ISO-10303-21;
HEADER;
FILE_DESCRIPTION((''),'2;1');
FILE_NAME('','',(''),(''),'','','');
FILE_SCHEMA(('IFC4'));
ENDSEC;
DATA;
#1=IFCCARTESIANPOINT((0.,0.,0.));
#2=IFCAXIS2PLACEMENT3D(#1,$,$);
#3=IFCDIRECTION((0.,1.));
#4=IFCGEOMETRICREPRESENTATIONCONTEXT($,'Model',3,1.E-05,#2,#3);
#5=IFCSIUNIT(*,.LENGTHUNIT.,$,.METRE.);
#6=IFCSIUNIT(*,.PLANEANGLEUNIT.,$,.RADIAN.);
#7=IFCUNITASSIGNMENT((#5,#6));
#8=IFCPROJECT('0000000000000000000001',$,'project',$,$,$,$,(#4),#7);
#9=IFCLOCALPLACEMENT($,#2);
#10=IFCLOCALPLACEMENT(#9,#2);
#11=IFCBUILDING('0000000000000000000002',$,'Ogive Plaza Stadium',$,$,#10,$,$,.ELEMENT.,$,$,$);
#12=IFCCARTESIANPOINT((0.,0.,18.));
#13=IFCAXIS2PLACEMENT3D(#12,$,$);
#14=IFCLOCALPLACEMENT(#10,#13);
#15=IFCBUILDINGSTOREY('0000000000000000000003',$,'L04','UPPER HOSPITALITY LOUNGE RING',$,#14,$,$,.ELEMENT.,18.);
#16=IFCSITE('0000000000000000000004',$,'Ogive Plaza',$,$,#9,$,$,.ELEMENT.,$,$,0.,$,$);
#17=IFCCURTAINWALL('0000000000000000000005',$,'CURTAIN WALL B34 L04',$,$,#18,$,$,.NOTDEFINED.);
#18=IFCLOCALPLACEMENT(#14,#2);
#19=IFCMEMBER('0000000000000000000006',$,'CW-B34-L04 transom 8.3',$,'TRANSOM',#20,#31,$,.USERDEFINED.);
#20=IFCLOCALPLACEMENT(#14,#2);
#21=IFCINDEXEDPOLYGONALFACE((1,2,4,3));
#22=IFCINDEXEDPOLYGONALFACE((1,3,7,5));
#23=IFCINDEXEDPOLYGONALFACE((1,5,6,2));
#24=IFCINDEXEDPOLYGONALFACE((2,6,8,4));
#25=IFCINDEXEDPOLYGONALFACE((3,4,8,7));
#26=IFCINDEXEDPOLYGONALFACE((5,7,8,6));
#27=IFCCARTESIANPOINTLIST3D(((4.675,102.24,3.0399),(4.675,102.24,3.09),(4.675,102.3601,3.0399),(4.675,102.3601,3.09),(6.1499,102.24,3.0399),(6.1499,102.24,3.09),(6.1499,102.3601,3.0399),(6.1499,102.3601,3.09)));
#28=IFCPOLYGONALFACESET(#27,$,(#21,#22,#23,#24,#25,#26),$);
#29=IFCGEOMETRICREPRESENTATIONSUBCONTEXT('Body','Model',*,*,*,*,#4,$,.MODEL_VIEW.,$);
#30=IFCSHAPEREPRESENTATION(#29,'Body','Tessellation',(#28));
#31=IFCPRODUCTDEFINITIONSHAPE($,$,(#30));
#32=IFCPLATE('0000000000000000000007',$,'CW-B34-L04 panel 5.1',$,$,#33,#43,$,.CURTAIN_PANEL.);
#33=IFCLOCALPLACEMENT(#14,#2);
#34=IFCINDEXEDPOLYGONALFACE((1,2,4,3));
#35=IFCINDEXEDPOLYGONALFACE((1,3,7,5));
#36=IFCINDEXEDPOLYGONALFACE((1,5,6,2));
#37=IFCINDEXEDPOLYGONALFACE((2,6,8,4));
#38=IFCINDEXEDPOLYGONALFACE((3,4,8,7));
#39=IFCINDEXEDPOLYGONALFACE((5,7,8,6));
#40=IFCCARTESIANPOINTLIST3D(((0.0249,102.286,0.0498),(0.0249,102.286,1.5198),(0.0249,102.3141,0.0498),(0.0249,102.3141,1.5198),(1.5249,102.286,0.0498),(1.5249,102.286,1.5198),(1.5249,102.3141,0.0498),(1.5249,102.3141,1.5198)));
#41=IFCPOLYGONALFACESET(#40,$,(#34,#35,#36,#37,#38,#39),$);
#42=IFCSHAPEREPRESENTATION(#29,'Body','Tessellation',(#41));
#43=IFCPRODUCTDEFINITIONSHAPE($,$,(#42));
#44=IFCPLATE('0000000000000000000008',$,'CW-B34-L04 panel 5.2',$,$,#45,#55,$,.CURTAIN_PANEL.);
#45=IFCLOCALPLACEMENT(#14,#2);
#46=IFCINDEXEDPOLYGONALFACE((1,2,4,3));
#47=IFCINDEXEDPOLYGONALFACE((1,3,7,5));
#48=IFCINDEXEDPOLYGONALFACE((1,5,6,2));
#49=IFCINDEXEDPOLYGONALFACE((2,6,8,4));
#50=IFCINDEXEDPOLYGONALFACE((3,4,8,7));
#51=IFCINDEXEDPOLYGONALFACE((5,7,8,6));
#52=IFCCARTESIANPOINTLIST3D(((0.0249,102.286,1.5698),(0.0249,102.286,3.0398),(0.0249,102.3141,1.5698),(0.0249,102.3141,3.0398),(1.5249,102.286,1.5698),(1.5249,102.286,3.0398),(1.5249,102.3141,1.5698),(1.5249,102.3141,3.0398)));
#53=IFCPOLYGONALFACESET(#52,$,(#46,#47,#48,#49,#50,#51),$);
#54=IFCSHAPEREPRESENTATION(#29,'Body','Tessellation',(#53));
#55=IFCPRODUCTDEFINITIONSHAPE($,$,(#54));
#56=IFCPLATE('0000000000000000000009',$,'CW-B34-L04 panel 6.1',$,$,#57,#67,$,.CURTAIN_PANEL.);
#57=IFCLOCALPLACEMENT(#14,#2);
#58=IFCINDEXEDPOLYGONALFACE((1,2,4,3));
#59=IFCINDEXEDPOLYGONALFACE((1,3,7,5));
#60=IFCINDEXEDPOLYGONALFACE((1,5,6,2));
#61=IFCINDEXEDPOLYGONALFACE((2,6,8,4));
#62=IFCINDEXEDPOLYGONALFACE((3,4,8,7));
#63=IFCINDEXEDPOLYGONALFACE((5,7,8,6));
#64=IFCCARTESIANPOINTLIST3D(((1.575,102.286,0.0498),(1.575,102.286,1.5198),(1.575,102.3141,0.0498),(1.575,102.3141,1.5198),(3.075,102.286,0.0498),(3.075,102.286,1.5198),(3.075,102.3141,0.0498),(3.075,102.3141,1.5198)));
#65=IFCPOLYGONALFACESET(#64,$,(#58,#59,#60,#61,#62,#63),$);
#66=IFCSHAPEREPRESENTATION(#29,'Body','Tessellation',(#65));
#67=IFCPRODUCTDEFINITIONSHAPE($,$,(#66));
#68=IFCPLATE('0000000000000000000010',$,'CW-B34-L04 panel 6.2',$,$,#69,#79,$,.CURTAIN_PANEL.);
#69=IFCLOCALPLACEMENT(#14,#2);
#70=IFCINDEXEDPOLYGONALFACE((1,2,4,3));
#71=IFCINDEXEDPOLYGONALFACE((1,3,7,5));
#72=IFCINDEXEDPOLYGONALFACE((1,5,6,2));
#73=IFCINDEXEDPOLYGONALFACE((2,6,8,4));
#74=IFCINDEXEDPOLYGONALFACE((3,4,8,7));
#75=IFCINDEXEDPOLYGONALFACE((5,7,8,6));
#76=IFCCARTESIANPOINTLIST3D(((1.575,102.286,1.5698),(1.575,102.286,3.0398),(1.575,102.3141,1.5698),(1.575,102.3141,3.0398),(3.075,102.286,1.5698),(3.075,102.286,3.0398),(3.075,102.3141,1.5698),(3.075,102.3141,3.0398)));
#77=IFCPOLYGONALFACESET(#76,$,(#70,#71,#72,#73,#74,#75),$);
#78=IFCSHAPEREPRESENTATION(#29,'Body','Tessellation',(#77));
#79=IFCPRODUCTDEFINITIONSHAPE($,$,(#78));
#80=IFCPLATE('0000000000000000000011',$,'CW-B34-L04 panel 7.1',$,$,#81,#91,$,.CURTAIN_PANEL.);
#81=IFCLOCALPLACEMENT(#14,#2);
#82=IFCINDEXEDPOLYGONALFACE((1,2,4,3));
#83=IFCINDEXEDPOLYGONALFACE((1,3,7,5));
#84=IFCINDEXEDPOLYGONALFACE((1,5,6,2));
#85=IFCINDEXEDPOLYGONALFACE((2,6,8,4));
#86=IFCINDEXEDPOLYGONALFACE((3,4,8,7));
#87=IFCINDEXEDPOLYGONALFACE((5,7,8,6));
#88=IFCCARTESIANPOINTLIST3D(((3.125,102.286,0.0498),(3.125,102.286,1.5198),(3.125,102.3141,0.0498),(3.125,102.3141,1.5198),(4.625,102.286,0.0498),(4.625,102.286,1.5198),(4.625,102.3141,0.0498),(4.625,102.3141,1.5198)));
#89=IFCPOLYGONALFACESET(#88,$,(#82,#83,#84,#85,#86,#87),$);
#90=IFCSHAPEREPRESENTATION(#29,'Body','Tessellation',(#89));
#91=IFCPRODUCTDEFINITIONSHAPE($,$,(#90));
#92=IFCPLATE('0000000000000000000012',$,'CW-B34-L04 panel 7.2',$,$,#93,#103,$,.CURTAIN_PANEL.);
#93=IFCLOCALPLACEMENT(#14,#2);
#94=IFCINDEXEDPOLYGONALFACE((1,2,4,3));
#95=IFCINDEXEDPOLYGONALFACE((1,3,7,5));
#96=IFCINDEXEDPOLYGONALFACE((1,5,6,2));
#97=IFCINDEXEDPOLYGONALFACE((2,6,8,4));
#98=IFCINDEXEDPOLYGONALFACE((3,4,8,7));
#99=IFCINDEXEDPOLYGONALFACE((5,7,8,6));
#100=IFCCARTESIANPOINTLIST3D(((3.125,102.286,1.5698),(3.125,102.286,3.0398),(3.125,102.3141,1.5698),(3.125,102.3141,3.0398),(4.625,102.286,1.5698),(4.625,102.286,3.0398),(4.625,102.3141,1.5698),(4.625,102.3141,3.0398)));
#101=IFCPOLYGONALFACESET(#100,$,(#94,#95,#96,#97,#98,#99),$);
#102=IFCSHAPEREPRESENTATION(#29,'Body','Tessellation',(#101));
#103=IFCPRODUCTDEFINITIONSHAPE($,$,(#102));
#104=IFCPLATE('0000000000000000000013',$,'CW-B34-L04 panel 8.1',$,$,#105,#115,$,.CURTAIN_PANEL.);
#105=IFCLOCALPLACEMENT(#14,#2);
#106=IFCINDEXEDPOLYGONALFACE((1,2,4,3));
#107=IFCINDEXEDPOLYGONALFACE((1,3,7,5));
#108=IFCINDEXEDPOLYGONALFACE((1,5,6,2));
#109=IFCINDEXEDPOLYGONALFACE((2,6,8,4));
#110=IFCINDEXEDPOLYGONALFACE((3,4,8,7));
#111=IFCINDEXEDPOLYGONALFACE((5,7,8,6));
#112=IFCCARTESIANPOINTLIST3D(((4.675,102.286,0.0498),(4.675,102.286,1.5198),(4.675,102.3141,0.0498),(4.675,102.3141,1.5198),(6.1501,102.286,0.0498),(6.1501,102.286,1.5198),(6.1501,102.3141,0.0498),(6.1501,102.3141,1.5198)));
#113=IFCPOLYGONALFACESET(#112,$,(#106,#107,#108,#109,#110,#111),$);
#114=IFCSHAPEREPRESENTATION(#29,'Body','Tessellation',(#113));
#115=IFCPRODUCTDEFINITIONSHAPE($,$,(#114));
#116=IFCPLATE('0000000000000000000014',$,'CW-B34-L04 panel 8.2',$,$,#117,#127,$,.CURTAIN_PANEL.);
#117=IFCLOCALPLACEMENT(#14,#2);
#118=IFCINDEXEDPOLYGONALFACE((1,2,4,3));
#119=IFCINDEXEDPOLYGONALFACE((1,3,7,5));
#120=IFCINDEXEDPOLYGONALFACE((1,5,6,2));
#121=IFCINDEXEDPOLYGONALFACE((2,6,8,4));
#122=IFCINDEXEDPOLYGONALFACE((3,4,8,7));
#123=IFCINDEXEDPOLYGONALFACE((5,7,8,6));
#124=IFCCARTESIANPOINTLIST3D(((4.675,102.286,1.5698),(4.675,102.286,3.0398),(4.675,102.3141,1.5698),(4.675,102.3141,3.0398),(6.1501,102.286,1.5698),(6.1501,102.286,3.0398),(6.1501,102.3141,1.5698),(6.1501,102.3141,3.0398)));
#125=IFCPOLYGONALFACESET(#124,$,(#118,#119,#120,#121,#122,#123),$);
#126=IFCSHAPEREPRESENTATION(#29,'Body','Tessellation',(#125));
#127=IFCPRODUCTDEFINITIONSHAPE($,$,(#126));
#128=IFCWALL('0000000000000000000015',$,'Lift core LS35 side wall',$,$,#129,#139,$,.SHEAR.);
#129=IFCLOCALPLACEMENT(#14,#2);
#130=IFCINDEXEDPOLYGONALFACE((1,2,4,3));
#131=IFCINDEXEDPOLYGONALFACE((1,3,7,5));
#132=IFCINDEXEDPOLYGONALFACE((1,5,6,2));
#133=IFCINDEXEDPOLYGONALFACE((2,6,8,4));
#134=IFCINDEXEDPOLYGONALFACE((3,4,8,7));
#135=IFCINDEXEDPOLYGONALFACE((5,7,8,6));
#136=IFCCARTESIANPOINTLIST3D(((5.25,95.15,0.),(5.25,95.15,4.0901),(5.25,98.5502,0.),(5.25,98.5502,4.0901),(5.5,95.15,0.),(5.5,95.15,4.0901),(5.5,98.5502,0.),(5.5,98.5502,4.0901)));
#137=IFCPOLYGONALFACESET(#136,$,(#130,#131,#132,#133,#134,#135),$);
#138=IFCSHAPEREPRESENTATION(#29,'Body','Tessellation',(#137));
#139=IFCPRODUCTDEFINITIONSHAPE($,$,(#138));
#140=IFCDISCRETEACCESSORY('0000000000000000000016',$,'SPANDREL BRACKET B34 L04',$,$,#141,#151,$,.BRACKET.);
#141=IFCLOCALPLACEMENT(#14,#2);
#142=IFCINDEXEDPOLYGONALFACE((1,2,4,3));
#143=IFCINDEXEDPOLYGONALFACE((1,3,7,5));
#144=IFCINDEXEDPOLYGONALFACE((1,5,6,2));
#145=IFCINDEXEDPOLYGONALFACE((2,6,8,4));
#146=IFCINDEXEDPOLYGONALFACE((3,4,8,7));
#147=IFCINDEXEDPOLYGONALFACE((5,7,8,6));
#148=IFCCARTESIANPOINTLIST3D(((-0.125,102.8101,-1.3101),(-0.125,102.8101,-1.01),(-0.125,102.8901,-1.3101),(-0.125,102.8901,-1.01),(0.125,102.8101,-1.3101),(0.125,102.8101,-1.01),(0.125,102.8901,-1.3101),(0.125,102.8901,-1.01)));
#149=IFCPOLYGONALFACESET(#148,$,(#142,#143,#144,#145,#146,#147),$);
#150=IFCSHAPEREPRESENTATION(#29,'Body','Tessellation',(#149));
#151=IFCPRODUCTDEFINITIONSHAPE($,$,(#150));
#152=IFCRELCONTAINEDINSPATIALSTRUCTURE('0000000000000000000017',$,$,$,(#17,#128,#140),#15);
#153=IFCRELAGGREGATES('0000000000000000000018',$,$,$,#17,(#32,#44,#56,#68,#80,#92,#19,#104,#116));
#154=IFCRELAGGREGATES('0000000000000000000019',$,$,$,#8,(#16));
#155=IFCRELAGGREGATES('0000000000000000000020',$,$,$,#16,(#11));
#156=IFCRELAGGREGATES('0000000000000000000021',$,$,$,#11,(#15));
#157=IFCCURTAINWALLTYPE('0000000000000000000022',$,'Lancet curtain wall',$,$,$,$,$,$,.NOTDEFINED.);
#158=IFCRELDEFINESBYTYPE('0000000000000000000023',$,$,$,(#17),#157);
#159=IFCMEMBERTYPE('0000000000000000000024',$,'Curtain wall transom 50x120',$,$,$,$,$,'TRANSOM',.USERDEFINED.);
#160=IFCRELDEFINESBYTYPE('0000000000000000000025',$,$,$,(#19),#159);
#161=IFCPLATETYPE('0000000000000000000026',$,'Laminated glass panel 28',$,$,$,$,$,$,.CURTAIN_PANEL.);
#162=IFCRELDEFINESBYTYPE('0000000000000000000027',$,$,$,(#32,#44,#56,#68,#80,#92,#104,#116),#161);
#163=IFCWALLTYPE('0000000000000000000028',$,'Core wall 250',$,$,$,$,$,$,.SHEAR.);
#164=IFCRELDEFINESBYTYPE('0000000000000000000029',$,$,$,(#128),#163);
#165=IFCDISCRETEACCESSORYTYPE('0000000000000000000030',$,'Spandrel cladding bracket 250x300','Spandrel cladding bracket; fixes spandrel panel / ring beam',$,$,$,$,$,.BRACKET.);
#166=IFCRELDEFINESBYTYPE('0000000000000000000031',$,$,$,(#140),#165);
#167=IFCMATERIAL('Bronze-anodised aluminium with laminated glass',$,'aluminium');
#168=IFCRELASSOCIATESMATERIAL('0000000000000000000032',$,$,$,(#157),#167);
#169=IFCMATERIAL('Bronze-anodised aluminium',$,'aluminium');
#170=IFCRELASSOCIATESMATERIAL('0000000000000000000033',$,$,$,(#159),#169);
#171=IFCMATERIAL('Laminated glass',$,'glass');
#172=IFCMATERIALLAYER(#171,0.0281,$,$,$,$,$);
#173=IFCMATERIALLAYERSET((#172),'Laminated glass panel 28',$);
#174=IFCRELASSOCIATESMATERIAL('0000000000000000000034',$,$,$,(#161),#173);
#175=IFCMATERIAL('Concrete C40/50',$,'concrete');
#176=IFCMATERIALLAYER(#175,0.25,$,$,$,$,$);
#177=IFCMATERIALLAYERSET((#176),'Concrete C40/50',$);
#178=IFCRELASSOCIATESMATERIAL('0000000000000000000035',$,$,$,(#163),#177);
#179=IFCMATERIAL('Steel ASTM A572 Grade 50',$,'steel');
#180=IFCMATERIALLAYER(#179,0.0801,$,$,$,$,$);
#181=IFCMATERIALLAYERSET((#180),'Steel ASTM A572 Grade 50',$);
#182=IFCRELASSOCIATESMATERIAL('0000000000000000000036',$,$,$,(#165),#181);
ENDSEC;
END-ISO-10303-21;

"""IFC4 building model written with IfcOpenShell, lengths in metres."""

from ifc_helpers import new_model, si_unit, direction, frame, frame_2d, origin, origin_2d, place, context, subcontext, project, spatial, rectangle, extrude, material, layer, layer_set, material_profile, profile_set, type_object, element, aggregate, save


model = new_model("IFC4")

# Units and contexts
model_context = context("Model", 3, precision=1e-05, world=origin(), true_north=direction((0.0, 1.0)))
body_context = subcontext(model_context, "Body", "Model", "MODEL_VIEW")
ifc_project = project(units=[si_unit("LENGTHUNIT", "METRE"), si_unit("PLANEANGLEUNIT", "RADIAN")], contexts=[model_context])

# Site, building, storey
site_placement = place(None, origin())
site = spatial("IfcSite", under=ifc_project, at=site_placement, Name="Ogive Plaza", CompositionType="ELEMENT", RefElevation=0.0)
building_placement = place(site_placement, origin())
building = spatial("IfcBuilding", under=site, at=building_placement, Name="Ogive Plaza Stadium", CompositionType="ELEMENT")
storey_placement = place(building_placement, frame((0.0, 0.0, 18.0)))
storey = spatial("IfcBuildingStorey", under=building, at=storey_placement, Name="L04", Description="UPPER HOSPITALITY LOUNGE RING", CompositionType="ELEMENT", Elevation=18.0)

# Curtain wall, member, plates
ifc_material_1 = material(Name="Bronze-anodised aluminium with laminated glass", Category="aluminium")
curtain_wall_type = type_object("IfcCurtainWallType", Name="Lancet curtain wall", PredefinedType="NOTDEFINED", material=ifc_material_1)
curtain_wall_placement = place(storey_placement, origin())
curtain_wall = element("IfcCurtainWall", 1, at=curtain_wall_placement, inside=storey, type_object=curtain_wall_type, Name="CURTAIN WALL B34 L04", PredefinedType="NOTDEFINED")
ifc_material_2 = material(Name="Bronze-anodised aluminium", Category="aluminium")
ifc_material_profile_1 = material_profile(ifc_material_2, rectangle(XDim=0.1201, YDim=0.05, at=origin_2d()), Name="AL 120x50")
ifc_profile_set_1 = profile_set([ifc_material_profile_1], Name="Bronze-anodised aluminium")
member_type_1 = type_object("IfcMemberType", Name="Curtain wall transom 50x120", ElementType="TRANSOM", PredefinedType="USERDEFINED", material=ifc_profile_set_1)
member_1_placement = place(storey_placement, frame((4.675, 102.3, 3.0649), z_axis=(1.0, 0.0, 0.0), x_axis=(0.0, 1.0, 0.0)))
member_1 = element("IfcMember", 2, at=member_1_placement, type_object=member_type_1, Name="CW-B34-L04 transom 8.3", ObjectType="TRANSOM", PredefinedType="USERDEFINED", context=body_context, shape_type="SweptSolid", body=[
    extrude(rectangle(XDim=0.1201, YDim=0.05, at=origin_2d()), origin(), (0.0, 0.0, 1.0), 1.4749),
])
ifc_material_3 = material(Name="Laminated glass", Category="glass")
ifc_layer_1 = layer(ifc_material_3, 0.0281)
ifc_layer_set_1 = layer_set([ifc_layer_1], Name="Laminated glass panel 28")
plate_type = type_object("IfcPlateType", Name="Laminated glass panel 28", PredefinedType="CURTAIN_PANEL", material=ifc_layer_set_1)
plate_1_placement = place(storey_placement, frame((0.7749, 102.3, 0.0498), z_axis=(0.0, 0.0, 1.0), x_axis=(1.0, 0.0, 0.0)))
plate_1 = element("IfcPlate", 3, at=plate_1_placement, type_object=plate_type, Name="CW-B34-L04 panel 5.1", PredefinedType="CURTAIN_PANEL", context=body_context, shape_type="SweptSolid", body=[
    extrude(rectangle(XDim=1.5, YDim=0.0281, at=origin_2d()), origin(), (0.0, 0.0, 1.0), 1.47),
])
plate_2_placement = place(storey_placement, frame((0.7749, 102.3, 1.5698), z_axis=(0.0, 0.0, 1.0), x_axis=(1.0, 0.0, 0.0)))
plate_2 = element("IfcPlate", 4, at=plate_2_placement, type_object=plate_type, Name="CW-B34-L04 panel 5.2", PredefinedType="CURTAIN_PANEL", context=body_context, shape_type="SweptSolid", body=[
    extrude(rectangle(XDim=1.5, YDim=0.0281, at=origin_2d()), origin(), (0.0, 0.0, 1.0), 1.47),
])
plate_3_placement = place(storey_placement, frame((2.325, 102.3, 0.0498), z_axis=(0.0, 0.0, 1.0), x_axis=(1.0, 0.0, 0.0)))
plate_3 = element("IfcPlate", 5, at=plate_3_placement, type_object=plate_type, Name="CW-B34-L04 panel 6.1", PredefinedType="CURTAIN_PANEL", context=body_context, shape_type="SweptSolid", body=[
    extrude(rectangle(XDim=1.5, YDim=0.0281, at=origin_2d()), origin(), (0.0, 0.0, 1.0), 1.47),
])
plate_4_placement = place(storey_placement, frame((2.325, 102.3, 1.5698), z_axis=(0.0, 0.0, 1.0), x_axis=(1.0, 0.0, 0.0)))
plate_4 = element("IfcPlate", 6, at=plate_4_placement, type_object=plate_type, Name="CW-B34-L04 panel 6.2", PredefinedType="CURTAIN_PANEL", context=body_context, shape_type="SweptSolid", body=[
    extrude(rectangle(XDim=1.5, YDim=0.0281, at=origin_2d()), origin(), (0.0, 0.0, 1.0), 1.47),
])
plate_5_placement = place(storey_placement, frame((3.875, 102.3, 0.0498), z_axis=(0.0, 0.0, 1.0), x_axis=(1.0, 0.0, 0.0)))
plate_5 = element("IfcPlate", 7, at=plate_5_placement, type_object=plate_type, Name="CW-B34-L04 panel 7.1", PredefinedType="CURTAIN_PANEL", context=body_context, shape_type="SweptSolid", body=[
    extrude(rectangle(XDim=1.5, YDim=0.0281, at=origin_2d()), origin(), (0.0, 0.0, 1.0), 1.47),
])
plate_6_placement = place(storey_placement, frame((3.875, 102.3, 1.5698), z_axis=(0.0, 0.0, 1.0), x_axis=(1.0, 0.0, 0.0)))
plate_6 = element("IfcPlate", 8, at=plate_6_placement, type_object=plate_type, Name="CW-B34-L04 panel 7.2", PredefinedType="CURTAIN_PANEL", context=body_context, shape_type="SweptSolid", body=[
    extrude(rectangle(XDim=1.5, YDim=0.0281, at=origin_2d()), origin(), (0.0, 0.0, 1.0), 1.47),
])
plate_7_placement = place(storey_placement, frame((5.4126, 102.3, 0.0498), z_axis=(0.0, 0.0, 1.0), x_axis=(1.0, 0.0, 0.0)))
plate_7 = element("IfcPlate", 9, at=plate_7_placement, type_object=plate_type, Name="CW-B34-L04 panel 8.1", PredefinedType="CURTAIN_PANEL", context=body_context, shape_type="SweptSolid", body=[
    extrude(rectangle(XDim=1.4751, YDim=0.0281, at=origin_2d()), origin(), (0.0, 0.0, 1.0), 1.47),
])
plate_8_placement = place(storey_placement, frame((5.4126, 102.3, 1.5698), z_axis=(0.0, 0.0, 1.0), x_axis=(1.0, 0.0, 0.0)))
plate_8 = element("IfcPlate", 10, at=plate_8_placement, type_object=plate_type, Name="CW-B34-L04 panel 8.2", PredefinedType="CURTAIN_PANEL", context=body_context, shape_type="SweptSolid", body=[
    extrude(rectangle(XDim=1.4751, YDim=0.0281, at=origin_2d()), origin(), (0.0, 0.0, 1.0), 1.47),
])
aggregate(curtain_wall, [plate_1, plate_2, plate_3, plate_4, plate_5, plate_6, member_1, plate_7, plate_8])

# Wall
ifc_material_4 = material(Name="Concrete C40/50", Category="concrete")
ifc_layer_2 = layer(ifc_material_4, 0.25)
ifc_layer_set_2 = layer_set([ifc_layer_2], Name="Concrete C40/50")
wall_type = type_object("IfcWallType", Name="Core wall 250", PredefinedType="SHEAR", material=ifc_layer_set_2)
wall_placement = place(storey_placement, frame((5.375, 95.1499, 0.0), z_axis=(0.0, 0.0, 1.0), x_axis=(0.0, 1.0, 0.0)))
element("IfcWall", 11, at=wall_placement, inside=storey, type_object=wall_type, Name="Lift core LS35 side wall", PredefinedType="SHEAR", context=body_context, shape_type="SweptSolid", body=[
    extrude(rectangle(XDim=3.4001, YDim=0.25, at=frame_2d((1.7002, 0.0))), origin(), (0.0, 0.0, 1.0), 4.0901),
])

# Discrete accessory
ifc_material_5 = material(Name="Steel ASTM A572 Grade 50", Category="steel")
ifc_layer_3 = layer(ifc_material_5, 0.0801)
ifc_layer_set_3 = layer_set([ifc_layer_3], Name="Steel ASTM A572 Grade 50")
discrete_accessory_type = type_object("IfcDiscreteAccessoryType", Name="Spandrel cladding bracket 250x300", Description="Spandrel cladding bracket; fixes spandrel panel / ring beam", PredefinedType="BRACKET", material=ifc_layer_set_3)
discrete_accessory_placement = place(storey_placement, frame((0.0, 102.8501, -1.3101), z_axis=(0.0, 0.0, 1.0), x_axis=(1.0, 0.0, 0.0)))
element("IfcDiscreteAccessory", 12, at=discrete_accessory_placement, inside=storey, type_object=discrete_accessory_type, Name="SPANDREL BRACKET B34 L04", PredefinedType="BRACKET", context=body_context, shape_type="SweptSolid", body=[
    extrude(rectangle(XDim=0.25, YDim=0.0801, at=origin_2d()), origin(), (0.0, 0.0, 1.0), 0.3),
])

save(model, "model.ifc")
